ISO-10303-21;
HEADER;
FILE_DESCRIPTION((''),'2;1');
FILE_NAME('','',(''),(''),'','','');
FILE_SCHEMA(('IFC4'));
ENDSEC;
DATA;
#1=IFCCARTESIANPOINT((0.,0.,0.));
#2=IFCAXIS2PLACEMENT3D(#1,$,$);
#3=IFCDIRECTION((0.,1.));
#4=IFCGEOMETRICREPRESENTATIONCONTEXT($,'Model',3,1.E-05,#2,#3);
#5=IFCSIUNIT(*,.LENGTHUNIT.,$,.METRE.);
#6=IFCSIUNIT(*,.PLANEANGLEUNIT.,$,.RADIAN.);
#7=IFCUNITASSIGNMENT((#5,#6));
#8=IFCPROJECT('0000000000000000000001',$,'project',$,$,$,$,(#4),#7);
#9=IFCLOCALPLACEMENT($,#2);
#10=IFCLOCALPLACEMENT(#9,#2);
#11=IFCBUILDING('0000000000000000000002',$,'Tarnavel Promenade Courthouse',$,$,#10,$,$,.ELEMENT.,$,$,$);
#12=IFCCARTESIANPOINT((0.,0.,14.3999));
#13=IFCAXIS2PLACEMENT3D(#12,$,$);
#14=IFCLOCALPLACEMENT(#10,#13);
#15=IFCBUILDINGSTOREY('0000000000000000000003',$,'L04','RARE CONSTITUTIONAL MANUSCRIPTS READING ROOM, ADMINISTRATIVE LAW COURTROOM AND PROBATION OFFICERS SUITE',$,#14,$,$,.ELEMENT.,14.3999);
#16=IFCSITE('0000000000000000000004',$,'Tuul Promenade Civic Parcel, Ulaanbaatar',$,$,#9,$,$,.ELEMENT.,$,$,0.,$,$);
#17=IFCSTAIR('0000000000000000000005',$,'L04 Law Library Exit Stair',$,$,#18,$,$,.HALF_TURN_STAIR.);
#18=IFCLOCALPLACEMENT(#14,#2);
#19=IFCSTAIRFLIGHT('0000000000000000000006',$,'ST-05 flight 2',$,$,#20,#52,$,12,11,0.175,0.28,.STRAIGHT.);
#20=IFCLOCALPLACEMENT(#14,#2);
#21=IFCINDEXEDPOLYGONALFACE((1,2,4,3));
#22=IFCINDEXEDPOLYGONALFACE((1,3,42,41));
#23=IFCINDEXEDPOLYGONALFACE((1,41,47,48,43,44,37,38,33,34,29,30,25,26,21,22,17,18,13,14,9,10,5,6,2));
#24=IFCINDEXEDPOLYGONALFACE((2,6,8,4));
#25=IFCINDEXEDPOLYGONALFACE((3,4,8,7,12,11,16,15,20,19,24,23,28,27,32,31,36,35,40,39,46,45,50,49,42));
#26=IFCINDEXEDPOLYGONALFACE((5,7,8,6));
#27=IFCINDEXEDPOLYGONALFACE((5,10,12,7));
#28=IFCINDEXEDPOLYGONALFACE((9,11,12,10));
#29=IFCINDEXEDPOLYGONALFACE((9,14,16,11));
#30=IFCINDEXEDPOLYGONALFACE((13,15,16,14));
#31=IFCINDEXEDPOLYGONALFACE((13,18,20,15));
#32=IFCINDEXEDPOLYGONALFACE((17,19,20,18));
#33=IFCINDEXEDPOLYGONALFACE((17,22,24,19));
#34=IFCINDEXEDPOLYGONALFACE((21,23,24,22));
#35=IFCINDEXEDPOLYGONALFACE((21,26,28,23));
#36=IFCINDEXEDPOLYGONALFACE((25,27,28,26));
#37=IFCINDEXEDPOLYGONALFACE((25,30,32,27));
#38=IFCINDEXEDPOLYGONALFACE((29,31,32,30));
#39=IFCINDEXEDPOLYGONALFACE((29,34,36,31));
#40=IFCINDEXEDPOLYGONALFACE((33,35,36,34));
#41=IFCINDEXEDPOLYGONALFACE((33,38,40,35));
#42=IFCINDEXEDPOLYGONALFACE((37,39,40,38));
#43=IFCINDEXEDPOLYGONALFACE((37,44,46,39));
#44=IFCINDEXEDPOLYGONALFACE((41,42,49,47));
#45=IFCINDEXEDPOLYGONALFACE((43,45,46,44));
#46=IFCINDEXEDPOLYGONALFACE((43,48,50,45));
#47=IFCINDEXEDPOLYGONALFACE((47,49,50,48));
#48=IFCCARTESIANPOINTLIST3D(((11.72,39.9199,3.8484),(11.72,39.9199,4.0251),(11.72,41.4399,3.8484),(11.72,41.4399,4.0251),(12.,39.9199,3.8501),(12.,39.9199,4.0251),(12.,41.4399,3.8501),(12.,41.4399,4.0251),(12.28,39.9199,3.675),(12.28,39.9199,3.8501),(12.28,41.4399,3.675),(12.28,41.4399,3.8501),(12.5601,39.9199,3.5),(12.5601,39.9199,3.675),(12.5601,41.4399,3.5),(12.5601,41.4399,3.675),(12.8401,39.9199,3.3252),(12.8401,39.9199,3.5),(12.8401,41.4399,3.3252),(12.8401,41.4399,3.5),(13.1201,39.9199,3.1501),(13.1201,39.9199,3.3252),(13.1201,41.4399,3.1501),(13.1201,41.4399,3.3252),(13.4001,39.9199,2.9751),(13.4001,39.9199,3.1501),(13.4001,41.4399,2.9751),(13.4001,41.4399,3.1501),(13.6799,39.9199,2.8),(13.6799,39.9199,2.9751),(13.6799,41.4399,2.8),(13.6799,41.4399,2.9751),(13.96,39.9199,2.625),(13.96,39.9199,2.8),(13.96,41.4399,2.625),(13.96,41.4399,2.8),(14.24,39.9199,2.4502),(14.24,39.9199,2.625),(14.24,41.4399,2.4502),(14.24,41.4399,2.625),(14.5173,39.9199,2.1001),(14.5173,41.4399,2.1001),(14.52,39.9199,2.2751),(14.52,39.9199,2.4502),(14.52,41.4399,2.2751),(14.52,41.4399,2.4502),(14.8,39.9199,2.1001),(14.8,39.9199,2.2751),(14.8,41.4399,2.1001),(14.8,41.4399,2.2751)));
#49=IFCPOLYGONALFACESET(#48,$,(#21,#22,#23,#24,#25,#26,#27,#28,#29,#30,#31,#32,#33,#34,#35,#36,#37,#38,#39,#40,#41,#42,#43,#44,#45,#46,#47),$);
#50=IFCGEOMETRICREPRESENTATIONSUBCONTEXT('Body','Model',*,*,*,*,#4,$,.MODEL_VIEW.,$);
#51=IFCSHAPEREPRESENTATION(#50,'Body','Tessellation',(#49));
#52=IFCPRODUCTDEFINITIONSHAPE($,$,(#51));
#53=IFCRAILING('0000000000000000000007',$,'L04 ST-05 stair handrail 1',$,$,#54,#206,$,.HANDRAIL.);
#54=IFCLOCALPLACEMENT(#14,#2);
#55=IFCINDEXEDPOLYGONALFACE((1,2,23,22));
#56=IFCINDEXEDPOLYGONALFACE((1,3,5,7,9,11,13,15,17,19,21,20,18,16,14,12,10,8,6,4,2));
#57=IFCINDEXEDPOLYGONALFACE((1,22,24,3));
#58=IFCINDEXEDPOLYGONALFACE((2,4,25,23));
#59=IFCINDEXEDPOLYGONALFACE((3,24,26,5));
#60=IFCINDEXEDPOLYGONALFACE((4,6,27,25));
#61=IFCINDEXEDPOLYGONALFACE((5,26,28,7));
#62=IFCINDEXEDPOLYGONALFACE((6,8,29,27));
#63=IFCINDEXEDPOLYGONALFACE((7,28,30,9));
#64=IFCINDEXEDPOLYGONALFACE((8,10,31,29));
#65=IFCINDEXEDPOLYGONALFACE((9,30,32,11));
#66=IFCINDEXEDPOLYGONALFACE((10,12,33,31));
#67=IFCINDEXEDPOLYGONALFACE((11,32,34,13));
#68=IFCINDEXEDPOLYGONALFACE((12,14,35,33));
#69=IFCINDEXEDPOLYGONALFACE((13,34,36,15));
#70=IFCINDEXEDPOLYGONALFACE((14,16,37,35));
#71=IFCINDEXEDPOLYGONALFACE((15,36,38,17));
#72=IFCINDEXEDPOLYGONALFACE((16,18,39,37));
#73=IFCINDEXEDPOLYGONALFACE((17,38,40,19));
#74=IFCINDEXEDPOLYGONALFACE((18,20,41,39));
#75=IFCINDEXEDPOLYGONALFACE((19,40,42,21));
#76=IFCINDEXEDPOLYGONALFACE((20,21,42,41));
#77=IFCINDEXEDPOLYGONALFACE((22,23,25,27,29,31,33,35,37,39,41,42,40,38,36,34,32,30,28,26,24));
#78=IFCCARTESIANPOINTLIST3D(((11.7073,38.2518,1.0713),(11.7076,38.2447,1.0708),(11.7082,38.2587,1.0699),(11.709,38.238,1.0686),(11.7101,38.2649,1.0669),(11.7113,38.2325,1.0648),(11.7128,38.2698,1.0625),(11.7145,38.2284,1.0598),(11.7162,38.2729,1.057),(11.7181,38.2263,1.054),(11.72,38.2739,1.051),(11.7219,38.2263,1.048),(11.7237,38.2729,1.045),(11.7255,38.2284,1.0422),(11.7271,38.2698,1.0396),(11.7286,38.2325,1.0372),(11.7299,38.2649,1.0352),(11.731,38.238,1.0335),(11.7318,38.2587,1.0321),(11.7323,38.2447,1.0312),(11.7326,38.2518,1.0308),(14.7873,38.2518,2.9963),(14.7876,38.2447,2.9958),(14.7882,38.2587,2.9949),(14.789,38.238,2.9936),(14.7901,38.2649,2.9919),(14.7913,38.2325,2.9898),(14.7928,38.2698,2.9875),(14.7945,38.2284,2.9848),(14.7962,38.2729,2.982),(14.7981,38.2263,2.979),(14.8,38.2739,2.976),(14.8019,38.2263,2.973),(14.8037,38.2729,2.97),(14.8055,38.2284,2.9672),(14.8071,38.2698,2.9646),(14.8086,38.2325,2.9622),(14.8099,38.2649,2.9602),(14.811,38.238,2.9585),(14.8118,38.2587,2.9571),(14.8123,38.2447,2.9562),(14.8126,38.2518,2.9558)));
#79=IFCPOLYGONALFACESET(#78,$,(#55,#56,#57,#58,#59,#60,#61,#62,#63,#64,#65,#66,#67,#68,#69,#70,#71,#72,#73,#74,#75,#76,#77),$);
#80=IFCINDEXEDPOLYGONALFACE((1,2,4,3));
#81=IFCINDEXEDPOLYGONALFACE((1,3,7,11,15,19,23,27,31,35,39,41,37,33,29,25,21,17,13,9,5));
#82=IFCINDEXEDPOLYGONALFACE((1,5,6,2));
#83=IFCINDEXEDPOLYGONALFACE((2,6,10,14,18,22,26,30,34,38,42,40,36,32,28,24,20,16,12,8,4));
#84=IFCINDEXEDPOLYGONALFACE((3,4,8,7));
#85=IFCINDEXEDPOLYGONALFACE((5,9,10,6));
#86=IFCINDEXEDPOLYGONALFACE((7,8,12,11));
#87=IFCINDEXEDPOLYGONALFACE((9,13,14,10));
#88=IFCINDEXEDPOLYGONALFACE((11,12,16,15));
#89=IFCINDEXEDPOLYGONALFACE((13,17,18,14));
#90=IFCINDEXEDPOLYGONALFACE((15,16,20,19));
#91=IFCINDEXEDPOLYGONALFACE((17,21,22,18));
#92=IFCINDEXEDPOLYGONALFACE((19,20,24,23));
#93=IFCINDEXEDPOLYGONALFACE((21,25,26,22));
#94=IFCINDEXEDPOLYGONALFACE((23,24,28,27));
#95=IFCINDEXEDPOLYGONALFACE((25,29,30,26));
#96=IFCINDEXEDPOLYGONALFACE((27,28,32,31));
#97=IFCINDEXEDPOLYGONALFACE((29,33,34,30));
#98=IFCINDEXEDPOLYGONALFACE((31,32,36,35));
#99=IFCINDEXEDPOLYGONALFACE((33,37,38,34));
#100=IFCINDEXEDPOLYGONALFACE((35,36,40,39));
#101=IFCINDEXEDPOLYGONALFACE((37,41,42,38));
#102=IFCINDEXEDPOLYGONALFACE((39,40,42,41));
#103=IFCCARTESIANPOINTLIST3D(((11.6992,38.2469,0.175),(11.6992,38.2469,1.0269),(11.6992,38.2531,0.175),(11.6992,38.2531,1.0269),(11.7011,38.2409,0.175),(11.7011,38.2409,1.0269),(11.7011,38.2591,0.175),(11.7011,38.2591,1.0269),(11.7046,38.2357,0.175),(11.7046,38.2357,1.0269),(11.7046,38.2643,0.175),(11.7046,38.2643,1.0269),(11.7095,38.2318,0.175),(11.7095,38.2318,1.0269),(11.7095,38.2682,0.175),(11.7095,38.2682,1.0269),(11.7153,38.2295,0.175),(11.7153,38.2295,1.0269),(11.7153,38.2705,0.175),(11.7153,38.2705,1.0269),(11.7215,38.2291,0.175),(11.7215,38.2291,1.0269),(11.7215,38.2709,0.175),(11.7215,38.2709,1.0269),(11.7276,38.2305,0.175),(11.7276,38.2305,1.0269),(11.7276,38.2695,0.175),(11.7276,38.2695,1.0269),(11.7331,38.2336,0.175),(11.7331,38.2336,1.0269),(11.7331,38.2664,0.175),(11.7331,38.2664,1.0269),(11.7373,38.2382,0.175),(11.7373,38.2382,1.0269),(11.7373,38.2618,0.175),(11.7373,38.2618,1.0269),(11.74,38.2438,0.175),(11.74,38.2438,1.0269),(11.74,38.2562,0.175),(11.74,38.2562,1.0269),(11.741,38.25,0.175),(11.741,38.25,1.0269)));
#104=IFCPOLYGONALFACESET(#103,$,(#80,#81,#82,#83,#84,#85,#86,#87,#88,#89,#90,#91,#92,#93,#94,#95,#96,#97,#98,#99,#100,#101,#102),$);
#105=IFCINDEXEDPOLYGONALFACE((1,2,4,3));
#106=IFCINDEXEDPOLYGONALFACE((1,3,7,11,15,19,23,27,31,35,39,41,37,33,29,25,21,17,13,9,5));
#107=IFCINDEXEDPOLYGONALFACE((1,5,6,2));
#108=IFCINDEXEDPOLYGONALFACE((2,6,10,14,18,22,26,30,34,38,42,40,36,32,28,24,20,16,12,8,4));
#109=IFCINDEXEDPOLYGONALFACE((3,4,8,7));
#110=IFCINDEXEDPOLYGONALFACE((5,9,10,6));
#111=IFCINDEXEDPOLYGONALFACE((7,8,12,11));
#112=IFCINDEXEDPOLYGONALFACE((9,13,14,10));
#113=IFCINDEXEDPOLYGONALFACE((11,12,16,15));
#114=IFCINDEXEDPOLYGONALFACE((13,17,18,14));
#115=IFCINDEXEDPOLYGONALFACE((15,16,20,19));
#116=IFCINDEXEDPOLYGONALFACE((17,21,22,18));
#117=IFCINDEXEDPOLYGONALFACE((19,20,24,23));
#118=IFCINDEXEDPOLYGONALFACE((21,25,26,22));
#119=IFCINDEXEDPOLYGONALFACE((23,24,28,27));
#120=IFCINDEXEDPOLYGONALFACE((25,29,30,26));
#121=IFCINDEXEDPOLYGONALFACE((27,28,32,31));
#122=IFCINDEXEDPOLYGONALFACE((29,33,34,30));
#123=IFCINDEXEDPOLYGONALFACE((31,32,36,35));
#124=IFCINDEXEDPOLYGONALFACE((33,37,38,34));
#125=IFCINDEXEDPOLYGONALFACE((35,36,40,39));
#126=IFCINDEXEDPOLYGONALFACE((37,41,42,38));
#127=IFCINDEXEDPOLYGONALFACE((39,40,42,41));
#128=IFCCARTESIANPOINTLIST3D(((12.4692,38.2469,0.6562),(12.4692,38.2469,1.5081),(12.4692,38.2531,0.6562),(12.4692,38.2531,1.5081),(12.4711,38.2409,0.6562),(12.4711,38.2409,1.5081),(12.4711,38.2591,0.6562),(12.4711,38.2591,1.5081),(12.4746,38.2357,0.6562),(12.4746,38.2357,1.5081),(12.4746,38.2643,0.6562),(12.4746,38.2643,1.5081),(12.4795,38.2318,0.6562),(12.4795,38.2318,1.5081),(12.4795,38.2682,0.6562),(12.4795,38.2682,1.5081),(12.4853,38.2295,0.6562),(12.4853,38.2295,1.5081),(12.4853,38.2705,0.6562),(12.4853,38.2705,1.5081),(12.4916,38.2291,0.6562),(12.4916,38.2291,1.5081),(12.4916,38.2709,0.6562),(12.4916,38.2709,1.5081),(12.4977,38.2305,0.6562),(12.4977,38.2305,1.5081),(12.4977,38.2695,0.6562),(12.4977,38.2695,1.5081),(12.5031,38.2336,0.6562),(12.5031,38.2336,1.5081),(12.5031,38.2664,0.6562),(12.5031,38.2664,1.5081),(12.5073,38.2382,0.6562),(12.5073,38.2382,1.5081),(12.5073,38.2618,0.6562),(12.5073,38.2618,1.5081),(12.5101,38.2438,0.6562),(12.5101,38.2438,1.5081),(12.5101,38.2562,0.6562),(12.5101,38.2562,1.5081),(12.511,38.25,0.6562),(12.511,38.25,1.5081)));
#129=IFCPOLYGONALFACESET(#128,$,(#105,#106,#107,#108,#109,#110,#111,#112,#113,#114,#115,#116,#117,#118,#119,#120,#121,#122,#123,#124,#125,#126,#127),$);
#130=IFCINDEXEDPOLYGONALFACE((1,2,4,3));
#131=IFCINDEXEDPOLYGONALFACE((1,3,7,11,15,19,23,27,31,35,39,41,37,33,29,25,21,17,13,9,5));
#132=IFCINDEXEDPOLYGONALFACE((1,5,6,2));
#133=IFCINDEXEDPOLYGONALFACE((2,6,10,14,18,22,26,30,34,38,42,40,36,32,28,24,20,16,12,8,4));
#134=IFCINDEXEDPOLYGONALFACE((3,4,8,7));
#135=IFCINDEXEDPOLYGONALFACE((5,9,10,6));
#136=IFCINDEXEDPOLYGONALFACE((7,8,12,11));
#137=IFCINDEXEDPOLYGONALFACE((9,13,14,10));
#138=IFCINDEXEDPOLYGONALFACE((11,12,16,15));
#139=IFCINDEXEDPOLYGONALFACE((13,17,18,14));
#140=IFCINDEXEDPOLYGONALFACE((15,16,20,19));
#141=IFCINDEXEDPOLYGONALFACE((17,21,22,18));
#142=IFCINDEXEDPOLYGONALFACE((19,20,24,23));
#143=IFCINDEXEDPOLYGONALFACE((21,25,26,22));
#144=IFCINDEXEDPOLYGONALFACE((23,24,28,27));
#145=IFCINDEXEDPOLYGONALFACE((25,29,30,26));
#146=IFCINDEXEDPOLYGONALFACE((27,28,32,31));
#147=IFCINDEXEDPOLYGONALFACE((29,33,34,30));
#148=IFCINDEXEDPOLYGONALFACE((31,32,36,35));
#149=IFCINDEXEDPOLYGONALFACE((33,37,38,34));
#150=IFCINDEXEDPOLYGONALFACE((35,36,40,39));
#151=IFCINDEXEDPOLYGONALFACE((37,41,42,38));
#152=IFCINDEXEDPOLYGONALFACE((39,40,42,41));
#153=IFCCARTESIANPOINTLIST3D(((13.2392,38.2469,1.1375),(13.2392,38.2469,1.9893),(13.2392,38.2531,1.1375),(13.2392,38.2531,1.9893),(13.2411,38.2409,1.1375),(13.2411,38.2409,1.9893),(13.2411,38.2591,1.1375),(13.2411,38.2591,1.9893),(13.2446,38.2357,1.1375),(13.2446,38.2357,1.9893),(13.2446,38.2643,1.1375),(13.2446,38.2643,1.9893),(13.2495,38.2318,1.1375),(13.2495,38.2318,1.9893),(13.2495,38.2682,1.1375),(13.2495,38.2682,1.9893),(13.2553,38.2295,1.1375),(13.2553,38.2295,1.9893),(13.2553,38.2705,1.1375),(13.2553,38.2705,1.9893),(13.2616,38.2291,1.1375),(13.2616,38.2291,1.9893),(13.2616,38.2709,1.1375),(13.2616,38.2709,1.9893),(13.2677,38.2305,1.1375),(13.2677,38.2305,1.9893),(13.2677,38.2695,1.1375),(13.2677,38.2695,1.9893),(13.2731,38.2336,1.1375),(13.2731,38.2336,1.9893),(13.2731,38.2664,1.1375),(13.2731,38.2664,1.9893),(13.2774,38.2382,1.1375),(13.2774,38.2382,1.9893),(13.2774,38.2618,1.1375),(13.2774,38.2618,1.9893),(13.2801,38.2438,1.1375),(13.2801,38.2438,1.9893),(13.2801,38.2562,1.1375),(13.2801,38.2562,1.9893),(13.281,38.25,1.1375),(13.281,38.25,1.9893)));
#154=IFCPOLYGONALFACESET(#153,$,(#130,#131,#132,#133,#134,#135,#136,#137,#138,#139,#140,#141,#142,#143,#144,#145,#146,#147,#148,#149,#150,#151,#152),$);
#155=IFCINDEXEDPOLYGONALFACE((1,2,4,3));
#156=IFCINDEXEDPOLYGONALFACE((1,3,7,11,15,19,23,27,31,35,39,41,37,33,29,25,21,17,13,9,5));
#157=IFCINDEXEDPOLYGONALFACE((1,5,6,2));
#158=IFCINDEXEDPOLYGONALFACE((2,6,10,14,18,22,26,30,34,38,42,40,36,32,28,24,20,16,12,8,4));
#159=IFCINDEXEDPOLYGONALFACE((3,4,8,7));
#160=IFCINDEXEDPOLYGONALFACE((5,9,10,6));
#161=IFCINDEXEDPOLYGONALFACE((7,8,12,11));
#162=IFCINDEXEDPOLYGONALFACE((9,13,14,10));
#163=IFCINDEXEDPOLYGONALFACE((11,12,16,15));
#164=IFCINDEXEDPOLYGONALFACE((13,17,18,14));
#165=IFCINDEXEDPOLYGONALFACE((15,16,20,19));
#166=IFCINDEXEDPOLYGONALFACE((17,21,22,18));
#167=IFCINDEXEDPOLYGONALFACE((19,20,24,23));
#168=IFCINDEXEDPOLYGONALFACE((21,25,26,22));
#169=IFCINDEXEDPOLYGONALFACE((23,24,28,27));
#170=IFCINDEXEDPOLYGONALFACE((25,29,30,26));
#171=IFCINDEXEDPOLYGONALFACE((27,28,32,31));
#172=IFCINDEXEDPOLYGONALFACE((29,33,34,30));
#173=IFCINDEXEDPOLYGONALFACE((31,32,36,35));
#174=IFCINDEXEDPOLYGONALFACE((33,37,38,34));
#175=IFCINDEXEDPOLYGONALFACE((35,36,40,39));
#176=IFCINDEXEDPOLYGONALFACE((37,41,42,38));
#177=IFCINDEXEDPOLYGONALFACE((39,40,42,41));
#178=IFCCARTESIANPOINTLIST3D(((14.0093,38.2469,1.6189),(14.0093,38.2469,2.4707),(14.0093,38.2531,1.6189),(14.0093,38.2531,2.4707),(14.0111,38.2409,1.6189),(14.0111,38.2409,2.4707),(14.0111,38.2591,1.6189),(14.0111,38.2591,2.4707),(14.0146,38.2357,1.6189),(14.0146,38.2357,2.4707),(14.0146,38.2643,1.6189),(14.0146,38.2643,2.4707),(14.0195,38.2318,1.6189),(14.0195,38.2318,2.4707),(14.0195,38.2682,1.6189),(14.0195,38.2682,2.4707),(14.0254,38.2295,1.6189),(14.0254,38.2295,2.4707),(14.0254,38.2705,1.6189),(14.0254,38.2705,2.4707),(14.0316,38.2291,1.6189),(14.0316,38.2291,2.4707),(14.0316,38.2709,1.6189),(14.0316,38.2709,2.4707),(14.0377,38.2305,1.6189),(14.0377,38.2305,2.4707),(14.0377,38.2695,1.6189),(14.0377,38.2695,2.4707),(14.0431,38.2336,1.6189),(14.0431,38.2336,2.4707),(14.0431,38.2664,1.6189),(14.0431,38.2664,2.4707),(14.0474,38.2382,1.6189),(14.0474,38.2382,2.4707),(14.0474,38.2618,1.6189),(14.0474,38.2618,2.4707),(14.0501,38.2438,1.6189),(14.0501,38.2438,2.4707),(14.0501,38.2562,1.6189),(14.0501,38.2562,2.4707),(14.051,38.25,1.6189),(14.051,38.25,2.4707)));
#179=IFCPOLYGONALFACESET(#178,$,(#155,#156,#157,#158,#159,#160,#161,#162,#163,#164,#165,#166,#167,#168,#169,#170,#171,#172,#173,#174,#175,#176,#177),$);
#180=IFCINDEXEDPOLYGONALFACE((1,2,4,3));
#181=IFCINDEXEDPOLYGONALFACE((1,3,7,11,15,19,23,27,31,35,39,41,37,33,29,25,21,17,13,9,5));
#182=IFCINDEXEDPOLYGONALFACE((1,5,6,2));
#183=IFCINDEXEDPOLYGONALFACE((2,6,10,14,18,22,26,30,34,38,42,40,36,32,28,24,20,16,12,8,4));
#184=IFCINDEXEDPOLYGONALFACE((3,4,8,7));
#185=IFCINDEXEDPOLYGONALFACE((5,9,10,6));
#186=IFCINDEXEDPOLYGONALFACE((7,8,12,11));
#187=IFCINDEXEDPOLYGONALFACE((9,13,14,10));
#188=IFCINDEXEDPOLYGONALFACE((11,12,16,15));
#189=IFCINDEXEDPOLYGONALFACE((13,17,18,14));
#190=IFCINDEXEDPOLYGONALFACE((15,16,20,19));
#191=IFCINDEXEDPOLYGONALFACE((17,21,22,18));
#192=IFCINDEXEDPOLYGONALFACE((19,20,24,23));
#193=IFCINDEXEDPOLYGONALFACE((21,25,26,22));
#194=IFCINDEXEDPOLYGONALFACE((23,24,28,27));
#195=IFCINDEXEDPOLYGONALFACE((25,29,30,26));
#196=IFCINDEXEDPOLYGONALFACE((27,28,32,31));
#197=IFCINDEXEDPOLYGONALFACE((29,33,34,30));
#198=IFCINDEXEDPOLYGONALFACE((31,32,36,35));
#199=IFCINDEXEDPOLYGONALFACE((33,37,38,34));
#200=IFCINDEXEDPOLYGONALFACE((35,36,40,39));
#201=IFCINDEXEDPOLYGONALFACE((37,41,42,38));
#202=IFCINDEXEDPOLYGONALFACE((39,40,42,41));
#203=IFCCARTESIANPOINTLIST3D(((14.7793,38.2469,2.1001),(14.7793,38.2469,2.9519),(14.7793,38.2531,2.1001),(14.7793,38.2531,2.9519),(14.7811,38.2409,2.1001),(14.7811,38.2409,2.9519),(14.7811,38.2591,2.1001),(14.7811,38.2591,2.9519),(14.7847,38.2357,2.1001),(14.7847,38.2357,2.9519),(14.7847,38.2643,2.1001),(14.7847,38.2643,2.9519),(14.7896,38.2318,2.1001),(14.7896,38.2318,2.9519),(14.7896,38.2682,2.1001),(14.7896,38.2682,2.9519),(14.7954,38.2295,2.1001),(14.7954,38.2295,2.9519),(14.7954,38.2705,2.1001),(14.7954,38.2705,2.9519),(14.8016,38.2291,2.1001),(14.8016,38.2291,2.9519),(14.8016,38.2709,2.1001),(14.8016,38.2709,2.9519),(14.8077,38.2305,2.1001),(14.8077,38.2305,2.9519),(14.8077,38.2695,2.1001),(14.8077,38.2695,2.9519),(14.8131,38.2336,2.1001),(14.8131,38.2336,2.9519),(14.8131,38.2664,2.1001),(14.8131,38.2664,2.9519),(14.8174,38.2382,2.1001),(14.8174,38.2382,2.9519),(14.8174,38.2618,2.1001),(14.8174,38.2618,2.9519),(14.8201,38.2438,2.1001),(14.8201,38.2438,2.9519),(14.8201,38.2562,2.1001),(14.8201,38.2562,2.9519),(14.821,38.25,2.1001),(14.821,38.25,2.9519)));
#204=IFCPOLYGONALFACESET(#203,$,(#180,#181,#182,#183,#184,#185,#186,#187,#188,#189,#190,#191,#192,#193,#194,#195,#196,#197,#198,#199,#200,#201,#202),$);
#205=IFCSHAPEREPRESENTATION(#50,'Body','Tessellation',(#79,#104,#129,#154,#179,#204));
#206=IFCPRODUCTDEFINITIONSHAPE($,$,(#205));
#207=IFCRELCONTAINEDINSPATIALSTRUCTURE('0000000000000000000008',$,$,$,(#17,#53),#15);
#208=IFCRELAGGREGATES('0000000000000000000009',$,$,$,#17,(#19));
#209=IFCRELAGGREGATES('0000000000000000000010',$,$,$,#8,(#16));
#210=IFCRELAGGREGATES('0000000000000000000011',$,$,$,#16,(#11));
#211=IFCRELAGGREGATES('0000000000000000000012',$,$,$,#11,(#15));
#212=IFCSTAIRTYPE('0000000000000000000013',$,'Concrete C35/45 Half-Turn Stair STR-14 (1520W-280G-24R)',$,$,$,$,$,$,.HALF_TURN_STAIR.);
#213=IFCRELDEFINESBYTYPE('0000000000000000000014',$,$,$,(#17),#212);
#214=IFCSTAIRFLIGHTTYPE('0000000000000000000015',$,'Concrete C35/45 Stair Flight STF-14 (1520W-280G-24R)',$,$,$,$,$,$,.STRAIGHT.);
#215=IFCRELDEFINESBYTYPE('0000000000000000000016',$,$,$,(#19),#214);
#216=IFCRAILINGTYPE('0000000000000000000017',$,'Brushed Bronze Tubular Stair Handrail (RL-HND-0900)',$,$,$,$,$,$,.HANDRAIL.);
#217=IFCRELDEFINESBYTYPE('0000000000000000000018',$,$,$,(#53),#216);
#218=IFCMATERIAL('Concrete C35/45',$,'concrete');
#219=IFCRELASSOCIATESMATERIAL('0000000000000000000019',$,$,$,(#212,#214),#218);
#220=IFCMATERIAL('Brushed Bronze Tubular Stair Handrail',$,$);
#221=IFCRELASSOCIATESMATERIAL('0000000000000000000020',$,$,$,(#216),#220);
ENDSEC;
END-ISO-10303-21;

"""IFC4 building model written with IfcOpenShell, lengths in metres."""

from ifc_helpers import new_model, si_unit, direction, frame, origin, origin_2d, place, context, subcontext, project, spatial, polyline, circle, outline, extrude, material, type_object, element, aggregate, save


model = new_model("IFC4")

# Units and contexts
model_context = context("Model", 3, precision=1e-05, world=origin(), true_north=direction((0.0, 1.0)))
body_context = subcontext(model_context, "Body", "Model", "MODEL_VIEW")
ifc_project = project(units=[si_unit("LENGTHUNIT", "METRE"), si_unit("PLANEANGLEUNIT", "RADIAN")], contexts=[model_context])

# Site, building, storey
site_placement = place(None, origin())
site = spatial("IfcSite", under=ifc_project, at=site_placement, Name="Tuul Promenade Civic Parcel, Ulaanbaatar", CompositionType="ELEMENT", RefElevation=0.0)
building_placement = place(site_placement, origin())
building = spatial("IfcBuilding", under=site, at=building_placement, Name="Tarnavel Promenade Courthouse", CompositionType="ELEMENT")
storey_placement = place(building_placement, frame((0.0, 0.0, 14.3999)))
storey = spatial("IfcBuildingStorey", under=building, at=storey_placement, Name="L04", Description="RARE CONSTITUTIONAL MANUSCRIPTS READING ROOM, ADMINISTRATIVE LAW COURTROOM AND PROBATION OFFICERS SUITE", CompositionType="ELEMENT", Elevation=14.3999)

# Shared definitions
ifc_material_1 = material(Name="Concrete C35/45", Category="concrete")

# Stair, stair flight
stair_type = type_object("IfcStairType", Name="Concrete C35/45 Half-Turn Stair STR-14 (1520W-280G-24R)", PredefinedType="HALF_TURN_STAIR", material=ifc_material_1)
stair_placement = place(storey_placement, origin())
stair = element("IfcStair", 1, at=stair_placement, inside=storey, type_object=stair_type, Name="L04 Law Library Exit Stair", PredefinedType="HALF_TURN_STAIR")
stair_flight_type = type_object("IfcStairFlightType", Name="Concrete C35/45 Stair Flight STF-14 (1520W-280G-24R)", PredefinedType="STRAIGHT", material=ifc_material_1)
stair_flight_1_placement = place(storey_placement, frame((14.8, 40.6799, 2.1001), z_axis=(0.0, 0.0, 1.0), x_axis=(-1.0, 0.0, 0.0)))
stair_flight_1 = element("IfcStairFlight", 2, at=stair_flight_1_placement, type_object=stair_flight_type, Name="ST-05 flight 2", NumberOfRisers=12, NumberOfTreads=11, PredefinedType="STRAIGHT", RiserHeight=0.175, TreadLength=0.28, context=body_context, shape_type="SweptSolid", body=[
    extrude(outline(polyline([(0.0, 0.0), (0.0, 0.175), (0.28, 0.175), (0.28, 0.3501), (0.5601, 0.3501), (0.5601, 0.5249), (0.8401, 0.5249), (0.8401, 0.7), (1.1201, 0.7), (1.1201, 0.875), (1.3999, 0.875), (1.3999, 1.05), (1.6799, 1.05), (1.6799, 1.2251), (1.96, 1.2251), (1.96, 1.3999), (2.24, 1.3999), (2.24, 1.575), (2.52, 1.575), (2.52, 1.75), (2.8, 1.75), (2.8, 1.925), (3.0801, 1.925), (3.0801, 2.1001), (3.0801, 1.7483), (0.2827, 0.0), (0.0, 0.0)])), frame((0.0, 0.76, 0.0), z_axis=(0.0, -1.0, 0.0), x_axis=(1.0, 0.0, 0.0)), (0.0, 0.0, 1.0), 1.52),
])
aggregate(stair, [stair_flight_1])

# Railing
ifc_material_2 = material(Name="Brushed Bronze Tubular Stair Handrail")
railing_type_1 = type_object("IfcRailingType", Name="Brushed Bronze Tubular Stair Handrail (RL-HND-0900)", PredefinedType="HANDRAIL", material=ifc_material_2)
railing_1_placement = place(storey_placement, frame((11.72, 38.25, 0.175)))
element("IfcRailing", 3, at=railing_1_placement, inside=storey, type_object=railing_type_1, Name="L04 ST-05 stair handrail 1", PredefinedType="HANDRAIL", context=body_context, shape_type="SweptSolid", body=[
    extrude(circle(Radius=0.0239, at=origin_2d()), frame((0.0, 0.0, 0.876), z_axis=(0.847998, 0.0, 0.529999), x_axis=(0.0, 1.0, 0.0)), (0.0, 0.0, 1.0), 3.6321),
    extrude(circle(Radius=0.021, at=origin_2d()), origin(), (0.0, 0.0, 1.0), 0.8518),
    extrude(circle(Radius=0.021, at=origin_2d()), frame((0.77, 0.0, 0.4812)), (0.0, 0.0, 1.0), 0.8518),
    extrude(circle(Radius=0.021, at=origin_2d()), frame((1.54, 0.0, 0.9624)), (0.0, 0.0, 1.0), 0.8518),
    extrude(circle(Radius=0.021, at=origin_2d()), frame((2.3101, 0.0, 1.4438)), (0.0, 0.0, 1.0), 0.8518),
    extrude(circle(Radius=0.021, at=origin_2d()), frame((3.0801, 0.0, 1.925)), (0.0, 0.0, 1.0), 0.8518),
])

save(model, "model.ifc")
